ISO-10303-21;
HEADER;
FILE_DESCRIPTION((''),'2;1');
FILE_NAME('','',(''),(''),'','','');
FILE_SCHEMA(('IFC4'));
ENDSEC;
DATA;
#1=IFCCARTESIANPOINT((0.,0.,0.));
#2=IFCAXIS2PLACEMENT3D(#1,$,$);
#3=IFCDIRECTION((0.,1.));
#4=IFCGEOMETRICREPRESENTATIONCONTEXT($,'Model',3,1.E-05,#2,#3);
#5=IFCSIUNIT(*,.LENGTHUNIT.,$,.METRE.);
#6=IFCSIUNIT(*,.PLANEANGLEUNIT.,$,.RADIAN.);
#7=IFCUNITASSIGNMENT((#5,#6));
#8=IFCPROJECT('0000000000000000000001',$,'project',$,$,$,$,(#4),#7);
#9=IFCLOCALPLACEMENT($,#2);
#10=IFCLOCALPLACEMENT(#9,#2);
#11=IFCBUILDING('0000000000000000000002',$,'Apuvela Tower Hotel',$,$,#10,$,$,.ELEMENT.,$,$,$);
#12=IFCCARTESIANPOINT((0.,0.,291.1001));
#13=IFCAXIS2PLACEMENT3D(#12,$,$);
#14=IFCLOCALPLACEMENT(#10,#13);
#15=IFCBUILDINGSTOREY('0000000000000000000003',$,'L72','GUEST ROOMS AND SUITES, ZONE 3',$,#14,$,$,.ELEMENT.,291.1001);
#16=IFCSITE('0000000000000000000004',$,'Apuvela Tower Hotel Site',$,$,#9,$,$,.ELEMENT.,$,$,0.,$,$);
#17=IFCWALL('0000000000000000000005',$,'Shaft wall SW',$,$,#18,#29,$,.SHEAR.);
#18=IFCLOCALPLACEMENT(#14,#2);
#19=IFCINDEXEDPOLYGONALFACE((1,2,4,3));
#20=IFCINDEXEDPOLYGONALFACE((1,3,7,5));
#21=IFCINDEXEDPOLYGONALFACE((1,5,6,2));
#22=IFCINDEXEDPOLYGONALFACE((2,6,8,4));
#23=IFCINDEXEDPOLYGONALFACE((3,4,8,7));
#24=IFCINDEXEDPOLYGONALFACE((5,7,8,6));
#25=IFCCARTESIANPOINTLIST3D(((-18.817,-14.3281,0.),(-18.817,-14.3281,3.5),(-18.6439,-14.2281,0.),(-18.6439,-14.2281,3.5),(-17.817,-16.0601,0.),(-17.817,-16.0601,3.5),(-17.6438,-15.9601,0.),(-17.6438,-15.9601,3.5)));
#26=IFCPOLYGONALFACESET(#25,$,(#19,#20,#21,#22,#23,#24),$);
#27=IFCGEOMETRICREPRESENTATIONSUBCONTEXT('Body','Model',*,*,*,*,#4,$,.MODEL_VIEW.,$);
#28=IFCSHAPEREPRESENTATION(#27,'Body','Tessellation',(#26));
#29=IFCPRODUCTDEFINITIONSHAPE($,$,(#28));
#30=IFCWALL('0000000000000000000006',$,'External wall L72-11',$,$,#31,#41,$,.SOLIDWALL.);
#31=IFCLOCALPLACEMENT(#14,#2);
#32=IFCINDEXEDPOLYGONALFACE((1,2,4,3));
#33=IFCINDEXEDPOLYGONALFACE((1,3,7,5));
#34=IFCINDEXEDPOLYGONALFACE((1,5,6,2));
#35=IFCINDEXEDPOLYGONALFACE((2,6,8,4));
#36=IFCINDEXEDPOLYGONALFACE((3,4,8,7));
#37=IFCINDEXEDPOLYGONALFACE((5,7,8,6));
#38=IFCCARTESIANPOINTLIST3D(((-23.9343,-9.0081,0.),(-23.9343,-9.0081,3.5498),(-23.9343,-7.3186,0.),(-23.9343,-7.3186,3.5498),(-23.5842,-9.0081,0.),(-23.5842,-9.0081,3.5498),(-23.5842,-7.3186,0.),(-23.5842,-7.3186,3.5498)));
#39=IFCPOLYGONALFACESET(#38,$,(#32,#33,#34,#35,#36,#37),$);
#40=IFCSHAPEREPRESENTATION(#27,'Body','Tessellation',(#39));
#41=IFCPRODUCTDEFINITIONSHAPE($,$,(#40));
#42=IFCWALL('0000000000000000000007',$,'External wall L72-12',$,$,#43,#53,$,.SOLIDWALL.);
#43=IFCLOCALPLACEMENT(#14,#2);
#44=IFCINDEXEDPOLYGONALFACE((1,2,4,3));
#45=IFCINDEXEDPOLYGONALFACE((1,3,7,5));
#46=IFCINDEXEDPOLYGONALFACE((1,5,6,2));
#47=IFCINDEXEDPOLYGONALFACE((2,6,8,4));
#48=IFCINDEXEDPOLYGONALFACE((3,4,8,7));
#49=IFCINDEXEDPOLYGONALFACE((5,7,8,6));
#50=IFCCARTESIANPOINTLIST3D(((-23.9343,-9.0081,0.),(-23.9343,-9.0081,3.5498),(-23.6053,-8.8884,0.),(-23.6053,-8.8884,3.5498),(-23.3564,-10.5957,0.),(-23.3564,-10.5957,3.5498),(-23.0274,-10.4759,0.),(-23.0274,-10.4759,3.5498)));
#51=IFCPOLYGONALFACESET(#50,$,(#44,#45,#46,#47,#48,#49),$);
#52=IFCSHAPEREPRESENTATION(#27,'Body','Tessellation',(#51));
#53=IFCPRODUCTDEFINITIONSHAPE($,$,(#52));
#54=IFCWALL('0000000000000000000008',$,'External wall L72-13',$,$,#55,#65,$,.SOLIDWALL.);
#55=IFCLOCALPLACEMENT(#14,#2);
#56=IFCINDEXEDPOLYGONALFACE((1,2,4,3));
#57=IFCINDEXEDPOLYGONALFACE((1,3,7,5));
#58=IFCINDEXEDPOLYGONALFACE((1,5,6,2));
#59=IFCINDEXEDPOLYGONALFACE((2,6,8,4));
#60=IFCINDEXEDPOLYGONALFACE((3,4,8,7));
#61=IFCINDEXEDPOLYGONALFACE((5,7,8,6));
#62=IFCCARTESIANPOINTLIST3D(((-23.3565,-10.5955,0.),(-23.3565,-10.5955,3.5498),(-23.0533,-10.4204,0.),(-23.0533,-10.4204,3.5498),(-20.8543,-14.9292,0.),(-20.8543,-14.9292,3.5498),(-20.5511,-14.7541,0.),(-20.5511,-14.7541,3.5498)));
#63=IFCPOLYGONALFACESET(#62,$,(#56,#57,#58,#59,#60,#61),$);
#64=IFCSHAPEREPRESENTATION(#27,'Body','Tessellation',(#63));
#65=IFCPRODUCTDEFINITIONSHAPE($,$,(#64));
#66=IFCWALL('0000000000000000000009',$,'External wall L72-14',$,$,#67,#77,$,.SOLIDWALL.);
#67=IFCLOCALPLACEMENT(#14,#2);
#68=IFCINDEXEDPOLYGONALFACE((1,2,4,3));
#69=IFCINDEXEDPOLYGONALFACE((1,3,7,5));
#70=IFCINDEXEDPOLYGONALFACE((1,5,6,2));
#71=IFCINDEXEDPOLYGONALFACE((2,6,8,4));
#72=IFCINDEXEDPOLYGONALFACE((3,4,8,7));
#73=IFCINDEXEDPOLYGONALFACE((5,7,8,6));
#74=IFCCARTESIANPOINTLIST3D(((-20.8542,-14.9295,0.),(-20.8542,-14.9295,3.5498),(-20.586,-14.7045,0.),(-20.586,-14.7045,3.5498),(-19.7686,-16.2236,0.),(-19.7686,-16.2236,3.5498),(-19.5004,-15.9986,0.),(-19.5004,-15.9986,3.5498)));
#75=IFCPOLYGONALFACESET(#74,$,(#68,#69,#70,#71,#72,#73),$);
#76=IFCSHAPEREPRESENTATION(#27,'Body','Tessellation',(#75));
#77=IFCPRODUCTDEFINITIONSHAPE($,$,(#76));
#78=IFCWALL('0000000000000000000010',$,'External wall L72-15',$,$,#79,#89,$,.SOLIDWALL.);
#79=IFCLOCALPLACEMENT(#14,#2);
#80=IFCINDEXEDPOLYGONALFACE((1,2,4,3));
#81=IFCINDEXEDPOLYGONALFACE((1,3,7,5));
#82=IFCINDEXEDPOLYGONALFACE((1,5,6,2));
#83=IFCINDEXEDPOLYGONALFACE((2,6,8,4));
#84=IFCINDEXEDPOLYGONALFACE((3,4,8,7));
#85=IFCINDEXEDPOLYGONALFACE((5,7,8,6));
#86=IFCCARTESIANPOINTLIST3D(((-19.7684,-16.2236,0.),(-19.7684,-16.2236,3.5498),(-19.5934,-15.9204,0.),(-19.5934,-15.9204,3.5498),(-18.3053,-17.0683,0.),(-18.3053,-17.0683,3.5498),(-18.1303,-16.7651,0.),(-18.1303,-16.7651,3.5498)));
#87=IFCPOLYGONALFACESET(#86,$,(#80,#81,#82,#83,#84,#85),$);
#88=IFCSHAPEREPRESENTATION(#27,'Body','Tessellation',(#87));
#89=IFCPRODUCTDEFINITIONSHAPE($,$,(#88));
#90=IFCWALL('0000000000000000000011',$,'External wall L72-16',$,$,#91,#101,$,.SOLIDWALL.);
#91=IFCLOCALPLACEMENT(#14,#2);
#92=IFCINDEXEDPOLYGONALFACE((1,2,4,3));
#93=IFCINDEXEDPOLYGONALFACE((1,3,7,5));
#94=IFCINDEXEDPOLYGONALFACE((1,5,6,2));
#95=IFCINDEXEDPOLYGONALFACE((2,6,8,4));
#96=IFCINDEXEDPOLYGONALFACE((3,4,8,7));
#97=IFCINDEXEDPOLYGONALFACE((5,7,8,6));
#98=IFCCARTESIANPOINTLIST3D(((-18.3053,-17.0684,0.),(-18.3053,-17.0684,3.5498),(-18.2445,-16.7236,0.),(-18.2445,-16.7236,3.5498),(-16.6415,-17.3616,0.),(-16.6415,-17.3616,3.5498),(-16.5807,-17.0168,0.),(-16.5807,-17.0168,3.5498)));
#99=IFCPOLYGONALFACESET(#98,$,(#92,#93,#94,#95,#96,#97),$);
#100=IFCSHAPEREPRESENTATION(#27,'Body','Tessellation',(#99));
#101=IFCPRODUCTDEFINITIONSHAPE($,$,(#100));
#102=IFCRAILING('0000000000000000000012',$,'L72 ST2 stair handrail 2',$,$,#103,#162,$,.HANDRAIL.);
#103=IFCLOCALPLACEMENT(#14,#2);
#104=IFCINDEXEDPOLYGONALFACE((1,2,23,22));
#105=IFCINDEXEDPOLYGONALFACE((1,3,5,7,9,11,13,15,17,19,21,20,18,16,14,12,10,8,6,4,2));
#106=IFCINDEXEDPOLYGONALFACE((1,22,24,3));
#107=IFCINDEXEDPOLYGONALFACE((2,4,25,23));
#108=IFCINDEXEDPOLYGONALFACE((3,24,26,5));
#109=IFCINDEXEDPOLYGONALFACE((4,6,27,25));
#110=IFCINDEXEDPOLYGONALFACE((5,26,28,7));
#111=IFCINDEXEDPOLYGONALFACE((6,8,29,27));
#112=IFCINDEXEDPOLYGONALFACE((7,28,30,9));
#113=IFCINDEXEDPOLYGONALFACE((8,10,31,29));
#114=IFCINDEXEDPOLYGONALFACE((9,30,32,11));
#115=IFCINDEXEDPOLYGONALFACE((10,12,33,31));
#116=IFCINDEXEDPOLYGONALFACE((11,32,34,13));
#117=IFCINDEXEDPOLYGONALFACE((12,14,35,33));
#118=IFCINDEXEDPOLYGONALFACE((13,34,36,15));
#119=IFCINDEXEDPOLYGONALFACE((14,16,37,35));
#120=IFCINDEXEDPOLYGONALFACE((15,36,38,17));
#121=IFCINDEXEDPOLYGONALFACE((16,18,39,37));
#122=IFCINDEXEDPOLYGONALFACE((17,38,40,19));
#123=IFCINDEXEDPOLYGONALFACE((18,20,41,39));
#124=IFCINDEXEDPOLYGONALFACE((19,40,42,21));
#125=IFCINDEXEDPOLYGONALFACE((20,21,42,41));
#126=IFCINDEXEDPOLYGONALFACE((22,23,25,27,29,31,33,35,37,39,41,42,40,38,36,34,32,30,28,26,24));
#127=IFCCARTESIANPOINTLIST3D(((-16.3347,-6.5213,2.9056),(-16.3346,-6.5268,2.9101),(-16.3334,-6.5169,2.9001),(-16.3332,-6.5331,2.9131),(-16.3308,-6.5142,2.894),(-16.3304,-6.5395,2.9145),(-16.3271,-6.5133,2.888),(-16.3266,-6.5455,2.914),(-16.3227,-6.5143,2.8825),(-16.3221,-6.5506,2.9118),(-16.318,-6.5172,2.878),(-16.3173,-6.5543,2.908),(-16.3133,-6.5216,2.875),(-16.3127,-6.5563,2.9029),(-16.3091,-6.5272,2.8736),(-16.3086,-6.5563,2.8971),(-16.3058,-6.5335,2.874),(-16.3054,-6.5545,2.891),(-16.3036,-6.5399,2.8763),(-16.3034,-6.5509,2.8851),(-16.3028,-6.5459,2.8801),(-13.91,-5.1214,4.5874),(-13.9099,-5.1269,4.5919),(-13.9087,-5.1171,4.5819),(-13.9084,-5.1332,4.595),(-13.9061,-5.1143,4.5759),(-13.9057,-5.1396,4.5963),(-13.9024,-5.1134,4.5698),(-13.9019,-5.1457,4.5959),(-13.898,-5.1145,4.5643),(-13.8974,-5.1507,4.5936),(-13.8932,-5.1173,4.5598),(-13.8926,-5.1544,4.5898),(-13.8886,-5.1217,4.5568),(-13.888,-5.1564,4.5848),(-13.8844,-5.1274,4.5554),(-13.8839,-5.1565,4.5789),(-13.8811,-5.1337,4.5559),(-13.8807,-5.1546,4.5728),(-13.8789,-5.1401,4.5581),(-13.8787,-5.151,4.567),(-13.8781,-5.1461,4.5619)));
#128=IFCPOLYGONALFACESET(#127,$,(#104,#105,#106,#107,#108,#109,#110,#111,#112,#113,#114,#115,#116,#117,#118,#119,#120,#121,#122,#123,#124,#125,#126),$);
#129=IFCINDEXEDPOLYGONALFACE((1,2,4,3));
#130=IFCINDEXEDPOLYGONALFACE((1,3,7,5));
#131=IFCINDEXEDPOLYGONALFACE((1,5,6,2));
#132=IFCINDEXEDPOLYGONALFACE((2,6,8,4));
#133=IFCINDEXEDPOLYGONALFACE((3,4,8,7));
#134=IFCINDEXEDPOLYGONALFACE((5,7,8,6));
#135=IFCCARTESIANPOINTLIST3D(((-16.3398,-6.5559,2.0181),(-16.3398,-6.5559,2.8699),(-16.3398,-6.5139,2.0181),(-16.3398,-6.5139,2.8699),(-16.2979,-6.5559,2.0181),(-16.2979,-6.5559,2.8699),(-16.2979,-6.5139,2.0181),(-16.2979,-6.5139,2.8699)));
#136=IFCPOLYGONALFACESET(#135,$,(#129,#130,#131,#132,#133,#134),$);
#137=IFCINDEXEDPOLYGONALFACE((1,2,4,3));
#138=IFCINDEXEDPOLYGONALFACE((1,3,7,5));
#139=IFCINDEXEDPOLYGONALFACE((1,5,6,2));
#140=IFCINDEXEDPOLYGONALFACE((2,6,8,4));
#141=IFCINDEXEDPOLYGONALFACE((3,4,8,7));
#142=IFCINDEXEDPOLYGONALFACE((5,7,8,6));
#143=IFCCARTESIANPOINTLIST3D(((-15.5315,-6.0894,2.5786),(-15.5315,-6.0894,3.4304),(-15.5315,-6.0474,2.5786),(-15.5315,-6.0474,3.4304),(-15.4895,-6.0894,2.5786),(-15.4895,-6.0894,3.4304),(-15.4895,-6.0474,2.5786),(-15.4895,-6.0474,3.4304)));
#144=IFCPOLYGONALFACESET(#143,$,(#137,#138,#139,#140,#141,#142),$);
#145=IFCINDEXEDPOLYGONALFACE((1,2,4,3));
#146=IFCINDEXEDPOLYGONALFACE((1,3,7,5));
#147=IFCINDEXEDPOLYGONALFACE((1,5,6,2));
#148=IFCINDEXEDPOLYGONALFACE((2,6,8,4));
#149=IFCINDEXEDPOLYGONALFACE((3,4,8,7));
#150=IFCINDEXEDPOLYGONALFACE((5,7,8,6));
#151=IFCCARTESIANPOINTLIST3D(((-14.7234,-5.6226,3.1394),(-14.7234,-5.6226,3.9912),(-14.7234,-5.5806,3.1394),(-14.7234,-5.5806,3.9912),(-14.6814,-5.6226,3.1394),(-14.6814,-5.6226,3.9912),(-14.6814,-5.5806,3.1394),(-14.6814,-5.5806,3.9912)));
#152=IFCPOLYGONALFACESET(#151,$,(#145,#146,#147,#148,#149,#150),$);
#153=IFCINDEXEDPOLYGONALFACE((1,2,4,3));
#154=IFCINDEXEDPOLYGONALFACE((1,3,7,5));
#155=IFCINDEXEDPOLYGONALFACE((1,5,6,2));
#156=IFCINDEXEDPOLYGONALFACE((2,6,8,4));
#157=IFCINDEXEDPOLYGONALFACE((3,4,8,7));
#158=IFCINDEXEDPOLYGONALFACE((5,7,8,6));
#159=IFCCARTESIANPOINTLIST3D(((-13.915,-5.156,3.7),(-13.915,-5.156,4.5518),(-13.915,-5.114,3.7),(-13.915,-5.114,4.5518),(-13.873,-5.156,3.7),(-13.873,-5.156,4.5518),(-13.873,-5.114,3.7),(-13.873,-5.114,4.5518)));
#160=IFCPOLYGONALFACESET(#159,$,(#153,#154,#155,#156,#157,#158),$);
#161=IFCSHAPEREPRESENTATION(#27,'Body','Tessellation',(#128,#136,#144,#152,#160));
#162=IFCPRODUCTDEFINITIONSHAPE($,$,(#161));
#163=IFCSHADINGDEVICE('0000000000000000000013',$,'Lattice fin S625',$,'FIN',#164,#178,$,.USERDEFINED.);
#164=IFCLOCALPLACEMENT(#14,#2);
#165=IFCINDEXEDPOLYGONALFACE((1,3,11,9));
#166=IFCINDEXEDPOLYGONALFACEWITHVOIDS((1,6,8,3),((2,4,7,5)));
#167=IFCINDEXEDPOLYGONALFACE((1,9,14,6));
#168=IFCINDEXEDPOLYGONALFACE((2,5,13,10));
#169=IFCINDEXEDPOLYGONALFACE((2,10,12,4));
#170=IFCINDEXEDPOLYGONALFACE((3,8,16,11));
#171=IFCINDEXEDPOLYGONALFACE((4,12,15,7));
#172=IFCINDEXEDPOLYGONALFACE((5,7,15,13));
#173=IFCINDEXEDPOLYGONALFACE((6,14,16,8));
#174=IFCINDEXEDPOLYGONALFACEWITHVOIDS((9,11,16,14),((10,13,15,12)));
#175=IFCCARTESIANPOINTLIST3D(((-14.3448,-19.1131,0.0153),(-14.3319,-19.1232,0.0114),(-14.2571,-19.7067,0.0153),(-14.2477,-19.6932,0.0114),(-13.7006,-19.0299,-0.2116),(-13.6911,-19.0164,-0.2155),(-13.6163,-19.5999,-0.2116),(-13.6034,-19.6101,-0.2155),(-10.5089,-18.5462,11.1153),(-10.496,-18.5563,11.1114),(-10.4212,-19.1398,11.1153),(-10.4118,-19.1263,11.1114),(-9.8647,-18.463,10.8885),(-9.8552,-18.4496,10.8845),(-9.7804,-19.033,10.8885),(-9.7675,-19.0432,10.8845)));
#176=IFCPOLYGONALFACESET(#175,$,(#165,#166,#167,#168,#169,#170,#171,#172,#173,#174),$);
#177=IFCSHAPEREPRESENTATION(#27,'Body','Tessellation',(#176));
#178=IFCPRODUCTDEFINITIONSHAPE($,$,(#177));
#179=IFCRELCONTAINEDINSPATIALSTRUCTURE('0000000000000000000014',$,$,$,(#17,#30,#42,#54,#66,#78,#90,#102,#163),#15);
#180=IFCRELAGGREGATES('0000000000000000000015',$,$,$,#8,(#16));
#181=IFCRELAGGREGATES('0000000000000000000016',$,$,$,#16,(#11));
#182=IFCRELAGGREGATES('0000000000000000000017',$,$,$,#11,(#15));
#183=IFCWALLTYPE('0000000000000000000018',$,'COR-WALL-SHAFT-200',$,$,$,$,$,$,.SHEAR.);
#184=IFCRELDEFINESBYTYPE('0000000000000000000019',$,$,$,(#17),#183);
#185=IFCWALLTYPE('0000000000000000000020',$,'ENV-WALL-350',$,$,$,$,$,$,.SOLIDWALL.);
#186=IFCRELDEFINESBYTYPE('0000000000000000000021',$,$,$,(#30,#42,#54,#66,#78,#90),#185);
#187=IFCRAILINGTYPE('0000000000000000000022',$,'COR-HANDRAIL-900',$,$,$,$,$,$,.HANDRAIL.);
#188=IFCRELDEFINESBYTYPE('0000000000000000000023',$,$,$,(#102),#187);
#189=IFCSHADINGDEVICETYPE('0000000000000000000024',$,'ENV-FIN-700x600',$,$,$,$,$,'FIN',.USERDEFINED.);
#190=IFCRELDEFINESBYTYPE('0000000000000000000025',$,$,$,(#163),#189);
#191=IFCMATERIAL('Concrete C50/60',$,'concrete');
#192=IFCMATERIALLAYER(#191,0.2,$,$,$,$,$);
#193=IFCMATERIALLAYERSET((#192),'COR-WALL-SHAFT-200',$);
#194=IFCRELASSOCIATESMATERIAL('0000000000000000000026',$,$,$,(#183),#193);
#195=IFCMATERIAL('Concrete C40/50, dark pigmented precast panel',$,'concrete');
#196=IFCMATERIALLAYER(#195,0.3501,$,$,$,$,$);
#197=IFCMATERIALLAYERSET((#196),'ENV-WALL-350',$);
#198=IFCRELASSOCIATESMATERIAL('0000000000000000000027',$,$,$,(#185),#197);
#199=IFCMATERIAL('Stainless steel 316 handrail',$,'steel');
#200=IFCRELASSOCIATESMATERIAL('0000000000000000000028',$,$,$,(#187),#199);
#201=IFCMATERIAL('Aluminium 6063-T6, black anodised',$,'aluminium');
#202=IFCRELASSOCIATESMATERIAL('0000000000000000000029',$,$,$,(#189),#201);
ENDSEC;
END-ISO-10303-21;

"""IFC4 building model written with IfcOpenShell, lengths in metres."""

from ifc_helpers import new_model, si_unit, direction, frame, frame_2d, origin, origin_2d, place, context, subcontext, project, spatial, rectangle, hollow_rectangle, circle, extrude, material, layer, layer_set, material_profile, profile_set, type_object, element, save


model = new_model("IFC4")

# Units and contexts
model_context = context("Model", 3, precision=1e-05, world=origin(), true_north=direction((0.0, 1.0)))
body_context = subcontext(model_context, "Body", "Model", "MODEL_VIEW")
ifc_project = project(units=[si_unit("LENGTHUNIT", "METRE"), si_unit("PLANEANGLEUNIT", "RADIAN")], contexts=[model_context])

# Site, building, storey
site_placement = place(None, origin())
site = spatial("IfcSite", under=ifc_project, at=site_placement, Name="Apuvela Tower Hotel Site", CompositionType="ELEMENT", RefElevation=0.0)
building_placement = place(site_placement, origin())
building = spatial("IfcBuilding", under=site, at=building_placement, Name="Apuvela Tower Hotel", CompositionType="ELEMENT")
storey_placement = place(building_placement, frame((0.0, 0.0, 291.1001)))
storey = spatial("IfcBuildingStorey", under=building, at=storey_placement, Name="L72", Description="GUEST ROOMS AND SUITES, ZONE 3", CompositionType="ELEMENT", Elevation=291.1001)

# Shared definitions
ifc_material_1 = material(Name="Concrete C50/60", Category="concrete")
ifc_layer_1 = layer(ifc_material_1, 0.2)
ifc_layer_set_1 = layer_set([ifc_layer_1], Name="COR-WALL-SHAFT-200")
wall_type_1 = type_object("IfcWallType", Name="COR-WALL-SHAFT-200", PredefinedType="SHEAR", material=ifc_layer_set_1)

# Walls
wall_1_placement = place(storey_placement, frame((-18.7305, -14.2781, 0.0), z_axis=(0.0, 0.0, 1.0), x_axis=(0.500025, -0.866011, 0.0)))
element("IfcWall", 1, at=wall_1_placement, inside=storey, type_object=wall_type_1, Name="Shaft wall SW", PredefinedType="SHEAR", context=body_context, shape_type="SweptSolid", body=[
    extrude(rectangle(XDim=2.0, YDim=0.2, at=frame_2d((1.0, 0.0))), origin(), (0.0, 0.0, 1.0), 3.5),
])
ifc_material_2 = material(Name="Concrete C40/50, dark pigmented precast panel", Category="concrete")
ifc_layer_2 = layer(ifc_material_2, 0.3501)
ifc_layer_set_2 = layer_set([ifc_layer_2], Name="ENV-WALL-350")
wall_type_2 = type_object("IfcWallType", Name="ENV-WALL-350", PredefinedType="SOLIDWALL", material=ifc_layer_set_2)
for number, where, z_axis, x_axis, name in (
    (2, (-23.7593, -7.3186, 0.0), (0.0, 0.0, 1.0), (0.0, -1.0, 0.0), "External wall L72-11"),
    (3, (-23.7698, -8.9482, 0.0), (0.0, 0.0, 1.0), (0.342033, -0.939688, 0.0), "External wall L72-12"),
):
    element("IfcWall", number, at=place(storey_placement, frame(where, z_axis=z_axis, x_axis=x_axis)), inside=storey, type_object=wall_type_2, Name=name, PredefinedType="SOLIDWALL", context=body_context, shape_type="SweptSolid", body=[
        extrude(rectangle(XDim=1.6895, YDim=0.3501, at=frame_2d((0.8447, 0.0))), origin(), (0.0, 0.0, 1.0), 3.5498),
    ])
wall_2_placement = place(storey_placement, frame((-23.2048, -10.5081, 0.0), z_axis=(0.0, 0.0, 1.0), x_axis=(0.500017, -0.866016, 0.0)))
element("IfcWall", 4, at=wall_2_placement, inside=storey, type_object=wall_type_2, Name="External wall L72-13", PredefinedType="SOLIDWALL", context=body_context, shape_type="SweptSolid", body=[
    extrude(rectangle(XDim=5.0042, YDim=0.3501, at=frame_2d((2.502, 0.0))), origin(), (0.0, 0.0, 1.0), 3.5498),
])
wall_3_placement = place(storey_placement, frame((-20.7202, -14.8169, 0.0), z_axis=(0.0, 0.0, 1.0), x_axis=(0.642697, -0.76612, 0.0)))
element("IfcWall", 5, at=wall_3_placement, inside=storey, type_object=wall_type_2, Name="External wall L72-14", PredefinedType="SOLIDWALL", context=body_context, shape_type="SweptSolid", body=[
    extrude(rectangle(XDim=1.6892, YDim=0.3501, at=frame_2d((0.8447, 0.0))), origin(), (0.0, 0.0, 1.0), 3.5498),
])
for number, where, z_axis, x_axis, name in (
    (6, (-19.6809, -16.072, 0.0), (0.0, 0.0, 1.0), (0.866029, -0.499993, 0.0), "External wall L72-15"),
    (7, (-18.2749, -16.896, 0.0), (0.0, 0.0, 1.0), (0.984824, -0.173555, 0.0), "External wall L72-16"),
):
    element("IfcWall", number, at=place(storey_placement, frame(where, z_axis=z_axis, x_axis=x_axis)), inside=storey, type_object=wall_type_2, Name=name, PredefinedType="SOLIDWALL", context=body_context, shape_type="SweptSolid", body=[
        extrude(rectangle(XDim=1.6895, YDim=0.3501, at=frame_2d((0.8447, 0.0))), origin(), (0.0, 0.0, 1.0), 3.5498),
    ])

# Railing
ifc_material_3 = material(Name="Stainless steel 316 handrail", Category="steel")
railing_type_1 = type_object("IfcRailingType", Name="COR-HANDRAIL-900", PredefinedType="HANDRAIL", material=ifc_material_3)
railing_1_placement = place(storey_placement, frame((-16.3188, -6.5349, 2.0181)))
element("IfcRailing", 8, at=railing_1_placement, inside=storey, type_object=railing_type_1, Name="L72 ST2 stair handrail 2", PredefinedType="HANDRAIL", context=body_context, shape_type="SweptSolid", body=[
    extrude(circle(Radius=0.0239, at=origin_2d()), frame((0.0, 0.0, 0.876), z_axis=(0.74239, 0.428601, 0.514934), x_axis=(-0.499984, 0.866035, 0.0)), (0.0, 0.0, 1.0), 3.2661),
    extrude(rectangle(XDim=0.042, YDim=0.042, at=origin_2d()), origin(), (0.0, 0.0, 1.0), 0.8518),
    extrude(rectangle(XDim=0.042, YDim=0.042, at=origin_2d()), frame((0.8083, 0.4666, 0.5605)), (0.0, 0.0, 1.0), 0.8518),
    extrude(rectangle(XDim=0.042, YDim=0.042, at=origin_2d()), frame((1.6165, 0.9333, 1.1213)), (0.0, 0.0, 1.0), 0.8518),
    extrude(rectangle(XDim=0.042, YDim=0.042, at=origin_2d()), frame((2.4248, 1.3999, 1.6819)), (0.0, 0.0, 1.0), 0.8518),
])

# Shading device
ifc_material_4 = material(Name="Aluminium 6063-T6, black anodised", Category="aluminium")
ifc_material_profile_1 = material_profile(ifc_material_4, hollow_rectangle(XDim=0.6001, YDim=0.7, WallThickness=0.012, at=origin_2d()), Name="AL BOX 700x600x12")
ifc_profile_set_1 = profile_set([ifc_material_profile_1], Name="Aluminium 6063-T6, black anodised")
shading_device_type = type_object("IfcShadingDeviceType", Name="ENV-FIN-700x600", ElementType="FIN", PredefinedType="USERDEFINED", material=ifc_profile_set_1)
shading_device_placement = place(storey_placement, frame((-13.9741, -19.3616, -0.1001), z_axis=(0.326244, 0.048214, 0.944055), x_axis=(-0.146197, 0.989255, 0.0)))
element("IfcShadingDevice", 9, at=shading_device_placement, inside=storey, type_object=shading_device_type, Name="Lattice fin S625", ObjectType="FIN", PredefinedType="USERDEFINED", context=body_context, shape_type="SweptSolid", body=[
    extrude(hollow_rectangle(XDim=0.6001, YDim=0.7, WallThickness=0.012, at=origin_2d()), origin(), (0.0, 0.0, 1.0), 11.7578),
])

save(model, "model.ifc")
